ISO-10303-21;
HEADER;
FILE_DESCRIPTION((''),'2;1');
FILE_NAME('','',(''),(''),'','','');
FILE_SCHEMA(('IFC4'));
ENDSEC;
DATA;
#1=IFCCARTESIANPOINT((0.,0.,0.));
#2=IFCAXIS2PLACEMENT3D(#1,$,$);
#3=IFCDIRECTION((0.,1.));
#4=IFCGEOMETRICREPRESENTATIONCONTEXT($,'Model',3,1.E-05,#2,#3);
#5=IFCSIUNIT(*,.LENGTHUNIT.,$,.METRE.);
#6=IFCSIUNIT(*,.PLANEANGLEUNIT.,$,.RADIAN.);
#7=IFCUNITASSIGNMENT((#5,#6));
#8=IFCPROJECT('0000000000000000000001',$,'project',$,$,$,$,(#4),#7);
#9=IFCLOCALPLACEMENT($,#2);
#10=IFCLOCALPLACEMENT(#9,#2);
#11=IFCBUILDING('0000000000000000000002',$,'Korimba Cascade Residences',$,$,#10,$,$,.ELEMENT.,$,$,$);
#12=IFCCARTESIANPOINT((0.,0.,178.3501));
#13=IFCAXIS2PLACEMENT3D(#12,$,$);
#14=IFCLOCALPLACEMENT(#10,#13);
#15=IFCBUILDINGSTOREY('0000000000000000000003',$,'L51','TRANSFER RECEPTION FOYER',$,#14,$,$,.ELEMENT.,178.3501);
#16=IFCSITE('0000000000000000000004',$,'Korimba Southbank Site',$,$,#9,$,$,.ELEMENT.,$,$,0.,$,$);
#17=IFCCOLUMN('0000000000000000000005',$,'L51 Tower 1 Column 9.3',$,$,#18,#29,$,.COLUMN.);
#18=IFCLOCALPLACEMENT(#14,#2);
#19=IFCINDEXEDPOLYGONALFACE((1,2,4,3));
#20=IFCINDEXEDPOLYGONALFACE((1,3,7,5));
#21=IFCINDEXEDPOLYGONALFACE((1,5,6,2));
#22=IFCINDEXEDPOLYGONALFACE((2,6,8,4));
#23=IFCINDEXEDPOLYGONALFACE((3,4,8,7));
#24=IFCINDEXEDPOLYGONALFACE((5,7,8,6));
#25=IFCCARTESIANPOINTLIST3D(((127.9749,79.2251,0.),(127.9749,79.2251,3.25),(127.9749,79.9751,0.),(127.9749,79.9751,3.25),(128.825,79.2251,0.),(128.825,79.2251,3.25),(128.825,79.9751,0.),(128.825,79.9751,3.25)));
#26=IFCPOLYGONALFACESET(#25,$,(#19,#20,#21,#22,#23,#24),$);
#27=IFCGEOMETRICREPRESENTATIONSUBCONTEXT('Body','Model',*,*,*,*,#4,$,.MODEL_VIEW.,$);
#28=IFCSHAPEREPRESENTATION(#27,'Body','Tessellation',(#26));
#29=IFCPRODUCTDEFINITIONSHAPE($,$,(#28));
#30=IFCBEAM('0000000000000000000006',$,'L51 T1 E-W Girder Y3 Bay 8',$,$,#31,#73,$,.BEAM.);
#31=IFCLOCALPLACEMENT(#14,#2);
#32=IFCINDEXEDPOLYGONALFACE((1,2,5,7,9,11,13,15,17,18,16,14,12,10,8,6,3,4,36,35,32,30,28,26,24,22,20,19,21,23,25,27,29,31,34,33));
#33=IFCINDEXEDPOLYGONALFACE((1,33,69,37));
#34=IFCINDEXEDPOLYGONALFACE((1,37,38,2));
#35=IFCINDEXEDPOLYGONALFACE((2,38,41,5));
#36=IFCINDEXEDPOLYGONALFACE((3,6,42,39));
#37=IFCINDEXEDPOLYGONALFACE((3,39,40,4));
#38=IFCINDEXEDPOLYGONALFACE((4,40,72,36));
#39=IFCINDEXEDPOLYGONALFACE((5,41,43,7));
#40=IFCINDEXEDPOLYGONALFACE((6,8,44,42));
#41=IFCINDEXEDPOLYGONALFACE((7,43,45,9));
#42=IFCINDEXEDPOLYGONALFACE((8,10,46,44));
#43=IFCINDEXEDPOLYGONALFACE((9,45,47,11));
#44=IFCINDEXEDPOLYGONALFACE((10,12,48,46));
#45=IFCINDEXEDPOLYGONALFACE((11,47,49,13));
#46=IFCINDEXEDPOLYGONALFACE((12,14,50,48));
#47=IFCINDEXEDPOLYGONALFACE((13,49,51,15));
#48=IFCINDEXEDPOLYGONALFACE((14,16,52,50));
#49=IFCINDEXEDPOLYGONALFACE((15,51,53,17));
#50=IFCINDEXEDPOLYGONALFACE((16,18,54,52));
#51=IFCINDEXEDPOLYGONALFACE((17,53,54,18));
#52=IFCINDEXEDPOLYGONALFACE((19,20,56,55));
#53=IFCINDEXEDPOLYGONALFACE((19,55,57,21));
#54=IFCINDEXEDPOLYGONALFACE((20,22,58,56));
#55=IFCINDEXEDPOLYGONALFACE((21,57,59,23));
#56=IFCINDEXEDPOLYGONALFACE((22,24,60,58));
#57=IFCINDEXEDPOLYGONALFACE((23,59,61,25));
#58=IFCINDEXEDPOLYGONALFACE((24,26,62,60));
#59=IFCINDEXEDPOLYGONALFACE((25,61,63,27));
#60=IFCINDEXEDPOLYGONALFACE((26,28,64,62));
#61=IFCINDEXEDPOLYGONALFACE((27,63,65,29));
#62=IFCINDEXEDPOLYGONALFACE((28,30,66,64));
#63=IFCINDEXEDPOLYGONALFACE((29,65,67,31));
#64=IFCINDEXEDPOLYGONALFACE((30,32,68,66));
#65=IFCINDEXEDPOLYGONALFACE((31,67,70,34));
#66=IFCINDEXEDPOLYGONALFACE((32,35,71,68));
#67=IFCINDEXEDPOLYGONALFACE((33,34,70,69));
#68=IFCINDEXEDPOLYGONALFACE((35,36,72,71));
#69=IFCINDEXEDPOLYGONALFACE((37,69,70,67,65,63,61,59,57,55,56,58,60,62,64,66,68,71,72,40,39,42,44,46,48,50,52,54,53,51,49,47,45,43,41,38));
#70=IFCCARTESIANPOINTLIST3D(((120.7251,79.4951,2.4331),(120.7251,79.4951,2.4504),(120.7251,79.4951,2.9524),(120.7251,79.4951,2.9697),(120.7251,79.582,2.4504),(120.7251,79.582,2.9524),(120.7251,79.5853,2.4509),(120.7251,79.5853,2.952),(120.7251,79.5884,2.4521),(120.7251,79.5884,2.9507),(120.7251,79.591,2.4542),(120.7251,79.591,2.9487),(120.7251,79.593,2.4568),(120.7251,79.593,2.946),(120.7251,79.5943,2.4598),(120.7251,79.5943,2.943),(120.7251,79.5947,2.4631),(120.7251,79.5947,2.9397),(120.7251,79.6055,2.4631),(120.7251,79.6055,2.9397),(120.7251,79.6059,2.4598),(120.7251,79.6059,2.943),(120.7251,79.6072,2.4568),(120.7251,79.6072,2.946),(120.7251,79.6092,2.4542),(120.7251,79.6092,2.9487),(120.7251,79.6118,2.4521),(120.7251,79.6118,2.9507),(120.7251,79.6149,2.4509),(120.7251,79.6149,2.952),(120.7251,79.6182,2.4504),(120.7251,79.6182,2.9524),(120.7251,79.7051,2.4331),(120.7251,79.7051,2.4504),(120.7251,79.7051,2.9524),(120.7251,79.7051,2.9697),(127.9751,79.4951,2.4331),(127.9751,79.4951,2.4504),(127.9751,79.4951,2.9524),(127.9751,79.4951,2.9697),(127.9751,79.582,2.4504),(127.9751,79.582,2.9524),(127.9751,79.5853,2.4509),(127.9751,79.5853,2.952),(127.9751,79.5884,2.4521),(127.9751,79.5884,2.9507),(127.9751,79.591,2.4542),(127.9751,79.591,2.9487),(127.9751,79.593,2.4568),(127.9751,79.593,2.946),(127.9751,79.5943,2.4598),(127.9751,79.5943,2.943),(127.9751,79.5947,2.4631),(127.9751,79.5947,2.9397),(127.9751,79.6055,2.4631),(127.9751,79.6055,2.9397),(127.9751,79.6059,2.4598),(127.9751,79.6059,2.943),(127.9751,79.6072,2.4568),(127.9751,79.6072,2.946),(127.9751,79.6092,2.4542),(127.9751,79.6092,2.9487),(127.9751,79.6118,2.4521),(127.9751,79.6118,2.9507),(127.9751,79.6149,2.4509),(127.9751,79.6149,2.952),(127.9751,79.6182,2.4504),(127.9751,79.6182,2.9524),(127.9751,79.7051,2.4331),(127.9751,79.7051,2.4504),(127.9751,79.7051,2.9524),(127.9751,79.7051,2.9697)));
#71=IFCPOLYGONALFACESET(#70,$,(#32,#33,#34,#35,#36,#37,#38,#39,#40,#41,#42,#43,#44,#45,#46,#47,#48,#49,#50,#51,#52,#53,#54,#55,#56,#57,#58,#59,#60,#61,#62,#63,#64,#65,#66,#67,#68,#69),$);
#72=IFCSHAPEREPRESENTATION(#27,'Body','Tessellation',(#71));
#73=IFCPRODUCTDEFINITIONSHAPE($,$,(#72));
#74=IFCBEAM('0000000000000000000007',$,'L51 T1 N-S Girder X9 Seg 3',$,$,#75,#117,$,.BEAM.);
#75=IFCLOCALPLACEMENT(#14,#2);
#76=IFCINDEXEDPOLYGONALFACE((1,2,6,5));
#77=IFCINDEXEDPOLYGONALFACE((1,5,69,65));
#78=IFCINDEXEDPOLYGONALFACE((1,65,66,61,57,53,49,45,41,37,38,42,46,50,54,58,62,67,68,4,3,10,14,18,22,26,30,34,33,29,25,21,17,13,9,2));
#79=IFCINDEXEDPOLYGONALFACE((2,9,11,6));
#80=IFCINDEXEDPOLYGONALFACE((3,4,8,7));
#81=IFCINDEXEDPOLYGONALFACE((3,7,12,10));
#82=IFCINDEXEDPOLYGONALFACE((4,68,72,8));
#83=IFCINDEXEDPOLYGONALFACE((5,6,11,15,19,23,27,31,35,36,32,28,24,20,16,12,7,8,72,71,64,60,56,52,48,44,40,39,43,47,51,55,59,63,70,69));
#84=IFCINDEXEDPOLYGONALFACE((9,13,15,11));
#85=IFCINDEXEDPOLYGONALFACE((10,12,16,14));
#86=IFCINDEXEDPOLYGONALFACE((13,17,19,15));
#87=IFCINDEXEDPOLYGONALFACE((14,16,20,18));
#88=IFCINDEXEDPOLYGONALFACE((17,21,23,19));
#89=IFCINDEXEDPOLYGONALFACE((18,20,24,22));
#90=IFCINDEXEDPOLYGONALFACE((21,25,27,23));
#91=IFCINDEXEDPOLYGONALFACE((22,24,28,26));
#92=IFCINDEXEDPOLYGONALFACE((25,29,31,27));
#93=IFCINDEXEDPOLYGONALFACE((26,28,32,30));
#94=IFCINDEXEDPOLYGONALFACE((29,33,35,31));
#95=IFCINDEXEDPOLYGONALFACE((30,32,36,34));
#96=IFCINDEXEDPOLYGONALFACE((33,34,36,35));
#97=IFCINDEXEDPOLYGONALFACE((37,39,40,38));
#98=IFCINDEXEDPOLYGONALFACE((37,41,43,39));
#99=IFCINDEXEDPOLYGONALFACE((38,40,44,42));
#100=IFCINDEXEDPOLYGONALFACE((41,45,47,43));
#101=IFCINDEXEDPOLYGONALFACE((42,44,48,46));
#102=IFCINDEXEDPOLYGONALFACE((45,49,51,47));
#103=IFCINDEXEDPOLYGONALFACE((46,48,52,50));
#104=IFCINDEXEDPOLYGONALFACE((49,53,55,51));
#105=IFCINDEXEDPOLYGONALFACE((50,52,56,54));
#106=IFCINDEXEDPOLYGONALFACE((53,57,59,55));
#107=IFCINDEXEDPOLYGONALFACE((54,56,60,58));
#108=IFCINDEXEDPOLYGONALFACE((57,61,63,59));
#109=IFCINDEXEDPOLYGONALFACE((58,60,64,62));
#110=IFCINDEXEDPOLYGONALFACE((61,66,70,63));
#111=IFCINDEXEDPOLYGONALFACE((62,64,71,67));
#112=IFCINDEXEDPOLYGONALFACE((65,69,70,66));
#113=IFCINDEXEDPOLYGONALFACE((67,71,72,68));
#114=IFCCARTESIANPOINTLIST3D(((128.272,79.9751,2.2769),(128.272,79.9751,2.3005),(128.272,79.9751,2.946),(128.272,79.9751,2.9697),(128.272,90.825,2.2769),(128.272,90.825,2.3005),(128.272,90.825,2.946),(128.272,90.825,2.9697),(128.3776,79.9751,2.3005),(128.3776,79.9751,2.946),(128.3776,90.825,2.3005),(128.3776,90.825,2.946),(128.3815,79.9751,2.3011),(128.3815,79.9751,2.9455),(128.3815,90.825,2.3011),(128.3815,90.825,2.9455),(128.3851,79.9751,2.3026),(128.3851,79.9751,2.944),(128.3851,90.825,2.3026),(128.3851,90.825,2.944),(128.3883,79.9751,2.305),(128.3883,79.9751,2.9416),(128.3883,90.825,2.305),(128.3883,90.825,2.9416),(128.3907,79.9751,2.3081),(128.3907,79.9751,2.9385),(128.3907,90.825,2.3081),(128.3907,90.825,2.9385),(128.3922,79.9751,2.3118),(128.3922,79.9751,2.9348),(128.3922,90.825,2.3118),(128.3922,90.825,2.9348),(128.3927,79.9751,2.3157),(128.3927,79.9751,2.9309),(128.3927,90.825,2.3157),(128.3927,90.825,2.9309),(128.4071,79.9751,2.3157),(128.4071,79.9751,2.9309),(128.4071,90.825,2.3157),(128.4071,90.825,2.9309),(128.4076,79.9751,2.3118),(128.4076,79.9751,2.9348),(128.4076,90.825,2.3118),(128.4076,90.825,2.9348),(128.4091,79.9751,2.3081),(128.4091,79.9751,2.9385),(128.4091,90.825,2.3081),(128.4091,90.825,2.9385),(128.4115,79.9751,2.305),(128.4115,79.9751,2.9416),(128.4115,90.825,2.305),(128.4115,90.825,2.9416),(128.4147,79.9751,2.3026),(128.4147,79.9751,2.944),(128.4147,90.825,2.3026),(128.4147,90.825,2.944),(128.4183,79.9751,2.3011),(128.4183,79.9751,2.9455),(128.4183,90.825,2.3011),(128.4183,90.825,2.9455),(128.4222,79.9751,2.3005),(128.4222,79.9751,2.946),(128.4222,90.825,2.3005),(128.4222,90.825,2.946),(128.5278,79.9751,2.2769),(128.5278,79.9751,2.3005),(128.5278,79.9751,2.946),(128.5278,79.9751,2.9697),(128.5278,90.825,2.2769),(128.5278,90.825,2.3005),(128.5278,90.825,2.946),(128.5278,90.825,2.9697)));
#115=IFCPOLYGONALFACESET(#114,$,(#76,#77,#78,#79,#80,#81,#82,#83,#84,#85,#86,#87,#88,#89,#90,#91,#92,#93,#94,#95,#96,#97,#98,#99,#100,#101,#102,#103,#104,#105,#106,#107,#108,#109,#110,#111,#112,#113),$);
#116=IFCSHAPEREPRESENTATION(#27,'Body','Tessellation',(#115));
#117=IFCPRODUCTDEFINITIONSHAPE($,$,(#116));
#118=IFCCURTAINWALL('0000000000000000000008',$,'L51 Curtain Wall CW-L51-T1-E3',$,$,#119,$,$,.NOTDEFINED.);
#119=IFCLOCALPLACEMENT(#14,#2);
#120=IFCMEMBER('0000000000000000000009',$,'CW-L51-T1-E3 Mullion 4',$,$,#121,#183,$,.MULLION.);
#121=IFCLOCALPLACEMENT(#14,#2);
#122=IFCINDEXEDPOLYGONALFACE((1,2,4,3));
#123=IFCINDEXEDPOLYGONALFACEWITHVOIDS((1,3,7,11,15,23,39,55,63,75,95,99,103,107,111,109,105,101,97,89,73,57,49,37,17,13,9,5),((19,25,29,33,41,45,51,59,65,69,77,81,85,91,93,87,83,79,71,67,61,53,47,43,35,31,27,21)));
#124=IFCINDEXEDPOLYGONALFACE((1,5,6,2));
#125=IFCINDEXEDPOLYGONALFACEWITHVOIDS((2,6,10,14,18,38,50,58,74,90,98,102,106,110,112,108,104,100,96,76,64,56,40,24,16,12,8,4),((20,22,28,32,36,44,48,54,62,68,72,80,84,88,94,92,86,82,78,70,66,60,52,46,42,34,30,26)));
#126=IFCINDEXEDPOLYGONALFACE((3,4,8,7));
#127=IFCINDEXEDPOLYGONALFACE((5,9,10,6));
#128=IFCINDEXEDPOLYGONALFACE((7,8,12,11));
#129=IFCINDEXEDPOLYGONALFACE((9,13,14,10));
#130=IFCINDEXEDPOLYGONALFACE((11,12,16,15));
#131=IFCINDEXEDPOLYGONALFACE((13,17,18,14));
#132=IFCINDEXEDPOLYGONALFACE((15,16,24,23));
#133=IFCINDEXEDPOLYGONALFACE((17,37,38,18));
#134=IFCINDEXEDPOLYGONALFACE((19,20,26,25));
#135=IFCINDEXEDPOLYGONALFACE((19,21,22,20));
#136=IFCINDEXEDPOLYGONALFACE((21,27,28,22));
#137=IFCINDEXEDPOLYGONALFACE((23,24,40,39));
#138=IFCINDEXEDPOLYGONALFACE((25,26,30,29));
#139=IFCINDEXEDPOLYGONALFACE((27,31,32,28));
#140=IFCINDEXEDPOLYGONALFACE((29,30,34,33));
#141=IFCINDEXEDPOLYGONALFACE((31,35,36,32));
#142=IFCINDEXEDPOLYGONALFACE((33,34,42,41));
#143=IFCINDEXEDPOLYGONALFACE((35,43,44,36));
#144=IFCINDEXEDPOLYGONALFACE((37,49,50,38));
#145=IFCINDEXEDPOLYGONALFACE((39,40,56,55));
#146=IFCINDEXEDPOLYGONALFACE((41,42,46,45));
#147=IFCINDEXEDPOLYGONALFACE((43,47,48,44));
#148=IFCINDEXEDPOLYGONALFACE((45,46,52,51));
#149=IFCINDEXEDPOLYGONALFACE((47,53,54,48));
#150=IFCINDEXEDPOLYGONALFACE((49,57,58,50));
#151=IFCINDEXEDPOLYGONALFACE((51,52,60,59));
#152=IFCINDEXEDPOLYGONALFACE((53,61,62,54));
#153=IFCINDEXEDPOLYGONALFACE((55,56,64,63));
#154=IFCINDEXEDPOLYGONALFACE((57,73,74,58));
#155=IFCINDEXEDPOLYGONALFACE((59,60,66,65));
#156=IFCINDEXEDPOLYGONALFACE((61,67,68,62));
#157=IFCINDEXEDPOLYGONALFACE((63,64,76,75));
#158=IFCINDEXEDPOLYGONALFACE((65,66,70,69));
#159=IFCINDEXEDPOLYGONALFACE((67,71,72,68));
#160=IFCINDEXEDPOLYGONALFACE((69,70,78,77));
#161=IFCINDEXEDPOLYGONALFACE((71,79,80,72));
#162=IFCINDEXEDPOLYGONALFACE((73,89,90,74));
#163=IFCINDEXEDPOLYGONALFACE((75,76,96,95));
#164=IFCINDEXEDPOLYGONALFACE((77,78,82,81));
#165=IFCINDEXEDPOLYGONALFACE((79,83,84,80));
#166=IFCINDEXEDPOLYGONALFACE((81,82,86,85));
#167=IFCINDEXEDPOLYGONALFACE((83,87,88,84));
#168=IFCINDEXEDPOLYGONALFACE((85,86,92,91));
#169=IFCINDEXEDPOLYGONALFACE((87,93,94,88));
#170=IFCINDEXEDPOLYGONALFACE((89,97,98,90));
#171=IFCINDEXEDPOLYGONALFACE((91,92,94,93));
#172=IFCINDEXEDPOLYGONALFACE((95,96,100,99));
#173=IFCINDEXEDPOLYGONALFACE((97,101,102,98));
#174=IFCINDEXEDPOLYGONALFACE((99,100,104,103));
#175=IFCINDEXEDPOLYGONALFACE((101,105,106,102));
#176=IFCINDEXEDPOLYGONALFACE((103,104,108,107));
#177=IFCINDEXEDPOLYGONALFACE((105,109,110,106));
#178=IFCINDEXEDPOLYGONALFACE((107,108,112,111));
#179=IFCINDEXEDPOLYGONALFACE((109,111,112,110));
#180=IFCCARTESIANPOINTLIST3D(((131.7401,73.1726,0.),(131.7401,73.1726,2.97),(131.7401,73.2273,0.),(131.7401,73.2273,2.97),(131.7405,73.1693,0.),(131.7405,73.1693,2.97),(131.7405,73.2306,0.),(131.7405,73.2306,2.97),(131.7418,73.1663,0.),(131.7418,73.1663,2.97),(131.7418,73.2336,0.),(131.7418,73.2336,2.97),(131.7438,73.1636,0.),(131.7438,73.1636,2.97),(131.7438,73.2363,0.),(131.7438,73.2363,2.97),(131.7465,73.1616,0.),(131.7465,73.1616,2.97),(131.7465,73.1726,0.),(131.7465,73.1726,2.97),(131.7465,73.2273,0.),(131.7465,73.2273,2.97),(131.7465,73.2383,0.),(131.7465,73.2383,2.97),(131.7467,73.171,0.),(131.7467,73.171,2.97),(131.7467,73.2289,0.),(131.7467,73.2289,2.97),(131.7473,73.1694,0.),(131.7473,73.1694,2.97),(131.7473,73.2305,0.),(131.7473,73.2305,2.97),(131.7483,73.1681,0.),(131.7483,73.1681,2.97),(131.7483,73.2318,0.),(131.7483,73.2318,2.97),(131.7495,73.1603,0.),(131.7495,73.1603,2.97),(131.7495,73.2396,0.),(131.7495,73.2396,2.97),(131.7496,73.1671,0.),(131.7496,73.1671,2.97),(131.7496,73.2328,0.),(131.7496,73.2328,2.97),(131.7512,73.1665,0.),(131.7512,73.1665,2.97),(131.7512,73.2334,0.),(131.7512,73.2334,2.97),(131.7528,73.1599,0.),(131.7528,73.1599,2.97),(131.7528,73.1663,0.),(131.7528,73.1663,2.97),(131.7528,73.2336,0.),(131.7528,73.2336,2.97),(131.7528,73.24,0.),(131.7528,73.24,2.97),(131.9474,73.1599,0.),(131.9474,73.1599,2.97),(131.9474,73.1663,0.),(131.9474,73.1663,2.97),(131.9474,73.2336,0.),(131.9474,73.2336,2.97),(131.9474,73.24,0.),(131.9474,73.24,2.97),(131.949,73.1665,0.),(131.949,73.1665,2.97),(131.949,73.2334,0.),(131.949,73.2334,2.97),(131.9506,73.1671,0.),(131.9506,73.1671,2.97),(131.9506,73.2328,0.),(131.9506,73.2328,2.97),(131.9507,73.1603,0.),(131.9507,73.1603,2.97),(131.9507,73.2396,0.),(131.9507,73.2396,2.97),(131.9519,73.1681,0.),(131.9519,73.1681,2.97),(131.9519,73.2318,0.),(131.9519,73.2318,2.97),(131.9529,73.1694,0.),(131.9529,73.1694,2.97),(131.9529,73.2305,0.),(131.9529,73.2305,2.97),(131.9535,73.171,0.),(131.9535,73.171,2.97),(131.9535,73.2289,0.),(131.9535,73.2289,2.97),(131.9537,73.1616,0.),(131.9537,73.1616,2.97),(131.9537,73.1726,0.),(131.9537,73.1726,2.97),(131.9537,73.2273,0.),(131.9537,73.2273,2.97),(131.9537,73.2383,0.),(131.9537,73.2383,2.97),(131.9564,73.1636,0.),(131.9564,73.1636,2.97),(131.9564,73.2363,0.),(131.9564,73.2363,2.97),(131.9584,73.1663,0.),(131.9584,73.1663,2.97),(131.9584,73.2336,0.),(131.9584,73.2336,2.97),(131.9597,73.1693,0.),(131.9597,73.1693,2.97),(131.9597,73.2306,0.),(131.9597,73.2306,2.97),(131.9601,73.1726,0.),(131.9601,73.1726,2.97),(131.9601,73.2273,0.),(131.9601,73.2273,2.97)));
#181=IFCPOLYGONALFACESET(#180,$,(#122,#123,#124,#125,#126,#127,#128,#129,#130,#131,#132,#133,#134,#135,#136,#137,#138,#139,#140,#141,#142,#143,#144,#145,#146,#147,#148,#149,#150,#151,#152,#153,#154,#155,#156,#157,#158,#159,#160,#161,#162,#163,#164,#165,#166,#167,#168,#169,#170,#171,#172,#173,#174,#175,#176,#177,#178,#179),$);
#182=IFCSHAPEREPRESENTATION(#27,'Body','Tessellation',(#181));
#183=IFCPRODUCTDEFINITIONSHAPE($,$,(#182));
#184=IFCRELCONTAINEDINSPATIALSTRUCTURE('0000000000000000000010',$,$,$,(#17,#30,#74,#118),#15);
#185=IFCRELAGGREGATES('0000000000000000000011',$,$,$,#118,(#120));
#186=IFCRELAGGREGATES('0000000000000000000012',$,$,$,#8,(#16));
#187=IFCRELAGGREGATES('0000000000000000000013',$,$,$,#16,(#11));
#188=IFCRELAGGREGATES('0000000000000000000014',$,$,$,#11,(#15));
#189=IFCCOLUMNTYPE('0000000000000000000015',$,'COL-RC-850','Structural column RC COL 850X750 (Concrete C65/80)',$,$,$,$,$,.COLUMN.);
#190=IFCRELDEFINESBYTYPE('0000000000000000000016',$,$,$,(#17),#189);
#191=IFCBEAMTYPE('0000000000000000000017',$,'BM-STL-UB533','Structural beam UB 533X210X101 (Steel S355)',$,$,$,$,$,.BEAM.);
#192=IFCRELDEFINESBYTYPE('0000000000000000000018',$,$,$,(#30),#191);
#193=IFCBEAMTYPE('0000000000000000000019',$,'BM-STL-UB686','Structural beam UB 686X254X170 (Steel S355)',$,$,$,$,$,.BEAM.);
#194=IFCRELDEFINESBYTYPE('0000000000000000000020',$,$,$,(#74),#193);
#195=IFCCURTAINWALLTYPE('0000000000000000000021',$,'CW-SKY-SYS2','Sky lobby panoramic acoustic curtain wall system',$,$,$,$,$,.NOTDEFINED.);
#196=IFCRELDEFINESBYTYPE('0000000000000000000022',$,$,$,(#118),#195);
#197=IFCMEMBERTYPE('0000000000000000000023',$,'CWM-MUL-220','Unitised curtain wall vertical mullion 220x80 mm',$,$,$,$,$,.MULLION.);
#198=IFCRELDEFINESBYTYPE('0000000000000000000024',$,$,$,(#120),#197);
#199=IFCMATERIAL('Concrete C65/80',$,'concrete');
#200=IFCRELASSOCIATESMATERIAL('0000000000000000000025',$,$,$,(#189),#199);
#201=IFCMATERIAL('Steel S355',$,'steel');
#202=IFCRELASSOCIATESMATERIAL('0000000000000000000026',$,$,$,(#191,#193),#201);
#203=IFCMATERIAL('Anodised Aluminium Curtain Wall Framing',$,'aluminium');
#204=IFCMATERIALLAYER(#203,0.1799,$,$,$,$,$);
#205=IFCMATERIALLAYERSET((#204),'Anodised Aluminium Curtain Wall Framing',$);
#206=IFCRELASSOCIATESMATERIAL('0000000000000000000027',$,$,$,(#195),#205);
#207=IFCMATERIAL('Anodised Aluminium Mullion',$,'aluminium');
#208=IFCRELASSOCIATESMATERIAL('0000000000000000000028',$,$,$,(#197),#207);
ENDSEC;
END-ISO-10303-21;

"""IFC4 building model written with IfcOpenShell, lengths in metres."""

from ifc_helpers import new_model, si_unit, direction, frame, origin, origin_2d, place, context, subcontext, project, spatial, rectangle, hollow_rectangle, i_section, extrude, material, layer, layer_set, material_profile, profile_set, type_object, element, aggregate, save


model = new_model("IFC4")

# Units and contexts
model_context = context("Model", 3, precision=1e-05, world=origin(), true_north=direction((0.0, 1.0)))
body_context = subcontext(model_context, "Body", "Model", "MODEL_VIEW")
ifc_project = project(units=[si_unit("LENGTHUNIT", "METRE"), si_unit("PLANEANGLEUNIT", "RADIAN")], contexts=[model_context])

# Site, building, storey
site_placement = place(None, origin())
site = spatial("IfcSite", under=ifc_project, at=site_placement, Name="Korimba Southbank Site", CompositionType="ELEMENT", RefElevation=0.0)
building_placement = place(site_placement, origin())
building = spatial("IfcBuilding", under=site, at=building_placement, Name="Korimba Cascade Residences", CompositionType="ELEMENT")
storey_placement = place(building_placement, frame((0.0, 0.0, 178.3501)))
storey = spatial("IfcBuildingStorey", under=building, at=storey_placement, Name="L51", Description="TRANSFER RECEPTION FOYER", CompositionType="ELEMENT", Elevation=178.3501)

# Column
ifc_material_1 = material(Name="Concrete C65/80", Category="concrete")
ifc_material_profile_1 = material_profile(ifc_material_1, rectangle(XDim=0.8501, YDim=0.75, at=origin_2d()), Name="Concrete C65/80")
ifc_profile_set_1 = profile_set([ifc_material_profile_1], Name="Concrete C65/80")
column_type = type_object("IfcColumnType", Name="COL-RC-850", Description="Structural column RC COL 850X750 (Concrete C65/80)", PredefinedType="COLUMN", material=ifc_profile_set_1)
column_placement = place(storey_placement, frame((128.3999, 79.6001, 0.0), z_axis=(0.0, 0.0, 1.0), x_axis=(1.0, 0.0, 0.0)))
element("IfcColumn", 1, at=column_placement, inside=storey, type_object=column_type, Name="L51 Tower 1 Column 9.3", PredefinedType="COLUMN", context=body_context, shape_type="SweptSolid", body=[
    extrude(rectangle(XDim=0.8501, YDim=0.75, at=origin_2d()), origin(), (0.0, 0.0, 1.0), 3.25),
])

# Beams
ifc_material_2 = material(Name="Steel S355", Category="steel")
ifc_material_profile_2 = material_profile(ifc_material_2, i_section(OverallWidth=0.21, OverallDepth=0.5366, WebThickness=0.0107, FlangeThickness=0.0173, FilletRadius=0.0127, at=origin_2d()), Name="Steel S355")
ifc_profile_set_2 = profile_set([ifc_material_profile_2], Name="Steel S355")
beam_type_1 = type_object("IfcBeamType", Name="BM-STL-UB533", Description="Structural beam UB 533X210X101 (Steel S355)", PredefinedType="BEAM", material=ifc_profile_set_2)
beam_1_placement = place(storey_placement, frame((120.7251, 79.6001, 2.7014), z_axis=(1.0, 0.0, 0.0), x_axis=(0.0, 1.0, 0.0)))
element("IfcBeam", 2, at=beam_1_placement, inside=storey, type_object=beam_type_1, Name="L51 T1 E-W Girder Y3 Bay 8", PredefinedType="BEAM", context=body_context, shape_type="SweptSolid", body=[
    extrude(i_section(OverallWidth=0.21, OverallDepth=0.5366, WebThickness=0.0107, FlangeThickness=0.0173, FilletRadius=0.0127, at=origin_2d()), origin(), (0.0, 0.0, 1.0), 7.25),
])
ifc_material_profile_3 = material_profile(ifc_material_2, i_section(OverallWidth=0.2559, OverallDepth=0.6929, WebThickness=0.0144, FlangeThickness=0.0237, FilletRadius=0.0151, at=origin_2d()), Name="Steel S355")
ifc_profile_set_3 = profile_set([ifc_material_profile_3], Name="Steel S355")
beam_type_2 = type_object("IfcBeamType", Name="BM-STL-UB686", Description="Structural beam UB 686X254X170 (Steel S355)", PredefinedType="BEAM", material=ifc_profile_set_3)
beam_2_placement = place(storey_placement, frame((128.3999, 79.9751, 2.6233), z_axis=(0.0, 1.0, 0.0), x_axis=(-1.0, 0.0, 0.0)))
element("IfcBeam", 3, at=beam_2_placement, inside=storey, type_object=beam_type_2, Name="L51 T1 N-S Girder X9 Seg 3", PredefinedType="BEAM", context=body_context, shape_type="SweptSolid", body=[
    extrude(i_section(OverallWidth=0.2559, OverallDepth=0.6929, WebThickness=0.0144, FlangeThickness=0.0237, FilletRadius=0.0151, at=origin_2d()), origin(), (0.0, 0.0, 1.0), 10.8499),
])

# Curtain wall, member
ifc_material_3 = material(Name="Anodised Aluminium Curtain Wall Framing", Category="aluminium")
ifc_layer_1 = layer(ifc_material_3, 0.1799)
ifc_layer_set_1 = layer_set([ifc_layer_1], Name="Anodised Aluminium Curtain Wall Framing")
curtain_wall_type = type_object("IfcCurtainWallType", Name="CW-SKY-SYS2", Description="Sky lobby panoramic acoustic curtain wall system", PredefinedType="NOTDEFINED", material=ifc_layer_set_1)
curtain_wall_placement = place(storey_placement, origin())
curtain_wall = element("IfcCurtainWall", 4, at=curtain_wall_placement, inside=storey, type_object=curtain_wall_type, Name="L51 Curtain Wall CW-L51-T1-E3", PredefinedType="NOTDEFINED")
ifc_material_4 = material(Name="Anodised Aluminium Mullion", Category="aluminium")
ifc_material_profile_4 = material_profile(ifc_material_4, hollow_rectangle(XDim=0.0801, YDim=0.22, WallThickness=0.0063, InnerFilletRadius=0.0063, OuterFilletRadius=0.0127, at=origin_2d()), Name="Anodised Aluminium Mullion")
ifc_profile_set_4 = profile_set([ifc_material_profile_4], Name="Anodised Aluminium Mullion")
member_type_1 = type_object("IfcMemberType", Name="CWM-MUL-220", Description="Unitised curtain wall vertical mullion 220x80 mm", PredefinedType="MULLION", material=ifc_profile_set_4)
member_1_placement = place(storey_placement, frame((131.8501, 73.2, 0.0), z_axis=(0.0, 0.0, 1.0), x_axis=(0.0, 1.0, 0.0)))
member_1 = element("IfcMember", 5, at=member_1_placement, type_object=member_type_1, Name="CW-L51-T1-E3 Mullion 4", PredefinedType="MULLION", context=body_context, shape_type="SweptSolid", body=[
    extrude(hollow_rectangle(XDim=0.0801, YDim=0.22, WallThickness=0.0063, InnerFilletRadius=0.0063, OuterFilletRadius=0.0127, at=origin_2d()), origin(), (0.0, 0.0, 1.0), 2.97),
])
aggregate(curtain_wall, [member_1])

save(model, "model.ifc")
